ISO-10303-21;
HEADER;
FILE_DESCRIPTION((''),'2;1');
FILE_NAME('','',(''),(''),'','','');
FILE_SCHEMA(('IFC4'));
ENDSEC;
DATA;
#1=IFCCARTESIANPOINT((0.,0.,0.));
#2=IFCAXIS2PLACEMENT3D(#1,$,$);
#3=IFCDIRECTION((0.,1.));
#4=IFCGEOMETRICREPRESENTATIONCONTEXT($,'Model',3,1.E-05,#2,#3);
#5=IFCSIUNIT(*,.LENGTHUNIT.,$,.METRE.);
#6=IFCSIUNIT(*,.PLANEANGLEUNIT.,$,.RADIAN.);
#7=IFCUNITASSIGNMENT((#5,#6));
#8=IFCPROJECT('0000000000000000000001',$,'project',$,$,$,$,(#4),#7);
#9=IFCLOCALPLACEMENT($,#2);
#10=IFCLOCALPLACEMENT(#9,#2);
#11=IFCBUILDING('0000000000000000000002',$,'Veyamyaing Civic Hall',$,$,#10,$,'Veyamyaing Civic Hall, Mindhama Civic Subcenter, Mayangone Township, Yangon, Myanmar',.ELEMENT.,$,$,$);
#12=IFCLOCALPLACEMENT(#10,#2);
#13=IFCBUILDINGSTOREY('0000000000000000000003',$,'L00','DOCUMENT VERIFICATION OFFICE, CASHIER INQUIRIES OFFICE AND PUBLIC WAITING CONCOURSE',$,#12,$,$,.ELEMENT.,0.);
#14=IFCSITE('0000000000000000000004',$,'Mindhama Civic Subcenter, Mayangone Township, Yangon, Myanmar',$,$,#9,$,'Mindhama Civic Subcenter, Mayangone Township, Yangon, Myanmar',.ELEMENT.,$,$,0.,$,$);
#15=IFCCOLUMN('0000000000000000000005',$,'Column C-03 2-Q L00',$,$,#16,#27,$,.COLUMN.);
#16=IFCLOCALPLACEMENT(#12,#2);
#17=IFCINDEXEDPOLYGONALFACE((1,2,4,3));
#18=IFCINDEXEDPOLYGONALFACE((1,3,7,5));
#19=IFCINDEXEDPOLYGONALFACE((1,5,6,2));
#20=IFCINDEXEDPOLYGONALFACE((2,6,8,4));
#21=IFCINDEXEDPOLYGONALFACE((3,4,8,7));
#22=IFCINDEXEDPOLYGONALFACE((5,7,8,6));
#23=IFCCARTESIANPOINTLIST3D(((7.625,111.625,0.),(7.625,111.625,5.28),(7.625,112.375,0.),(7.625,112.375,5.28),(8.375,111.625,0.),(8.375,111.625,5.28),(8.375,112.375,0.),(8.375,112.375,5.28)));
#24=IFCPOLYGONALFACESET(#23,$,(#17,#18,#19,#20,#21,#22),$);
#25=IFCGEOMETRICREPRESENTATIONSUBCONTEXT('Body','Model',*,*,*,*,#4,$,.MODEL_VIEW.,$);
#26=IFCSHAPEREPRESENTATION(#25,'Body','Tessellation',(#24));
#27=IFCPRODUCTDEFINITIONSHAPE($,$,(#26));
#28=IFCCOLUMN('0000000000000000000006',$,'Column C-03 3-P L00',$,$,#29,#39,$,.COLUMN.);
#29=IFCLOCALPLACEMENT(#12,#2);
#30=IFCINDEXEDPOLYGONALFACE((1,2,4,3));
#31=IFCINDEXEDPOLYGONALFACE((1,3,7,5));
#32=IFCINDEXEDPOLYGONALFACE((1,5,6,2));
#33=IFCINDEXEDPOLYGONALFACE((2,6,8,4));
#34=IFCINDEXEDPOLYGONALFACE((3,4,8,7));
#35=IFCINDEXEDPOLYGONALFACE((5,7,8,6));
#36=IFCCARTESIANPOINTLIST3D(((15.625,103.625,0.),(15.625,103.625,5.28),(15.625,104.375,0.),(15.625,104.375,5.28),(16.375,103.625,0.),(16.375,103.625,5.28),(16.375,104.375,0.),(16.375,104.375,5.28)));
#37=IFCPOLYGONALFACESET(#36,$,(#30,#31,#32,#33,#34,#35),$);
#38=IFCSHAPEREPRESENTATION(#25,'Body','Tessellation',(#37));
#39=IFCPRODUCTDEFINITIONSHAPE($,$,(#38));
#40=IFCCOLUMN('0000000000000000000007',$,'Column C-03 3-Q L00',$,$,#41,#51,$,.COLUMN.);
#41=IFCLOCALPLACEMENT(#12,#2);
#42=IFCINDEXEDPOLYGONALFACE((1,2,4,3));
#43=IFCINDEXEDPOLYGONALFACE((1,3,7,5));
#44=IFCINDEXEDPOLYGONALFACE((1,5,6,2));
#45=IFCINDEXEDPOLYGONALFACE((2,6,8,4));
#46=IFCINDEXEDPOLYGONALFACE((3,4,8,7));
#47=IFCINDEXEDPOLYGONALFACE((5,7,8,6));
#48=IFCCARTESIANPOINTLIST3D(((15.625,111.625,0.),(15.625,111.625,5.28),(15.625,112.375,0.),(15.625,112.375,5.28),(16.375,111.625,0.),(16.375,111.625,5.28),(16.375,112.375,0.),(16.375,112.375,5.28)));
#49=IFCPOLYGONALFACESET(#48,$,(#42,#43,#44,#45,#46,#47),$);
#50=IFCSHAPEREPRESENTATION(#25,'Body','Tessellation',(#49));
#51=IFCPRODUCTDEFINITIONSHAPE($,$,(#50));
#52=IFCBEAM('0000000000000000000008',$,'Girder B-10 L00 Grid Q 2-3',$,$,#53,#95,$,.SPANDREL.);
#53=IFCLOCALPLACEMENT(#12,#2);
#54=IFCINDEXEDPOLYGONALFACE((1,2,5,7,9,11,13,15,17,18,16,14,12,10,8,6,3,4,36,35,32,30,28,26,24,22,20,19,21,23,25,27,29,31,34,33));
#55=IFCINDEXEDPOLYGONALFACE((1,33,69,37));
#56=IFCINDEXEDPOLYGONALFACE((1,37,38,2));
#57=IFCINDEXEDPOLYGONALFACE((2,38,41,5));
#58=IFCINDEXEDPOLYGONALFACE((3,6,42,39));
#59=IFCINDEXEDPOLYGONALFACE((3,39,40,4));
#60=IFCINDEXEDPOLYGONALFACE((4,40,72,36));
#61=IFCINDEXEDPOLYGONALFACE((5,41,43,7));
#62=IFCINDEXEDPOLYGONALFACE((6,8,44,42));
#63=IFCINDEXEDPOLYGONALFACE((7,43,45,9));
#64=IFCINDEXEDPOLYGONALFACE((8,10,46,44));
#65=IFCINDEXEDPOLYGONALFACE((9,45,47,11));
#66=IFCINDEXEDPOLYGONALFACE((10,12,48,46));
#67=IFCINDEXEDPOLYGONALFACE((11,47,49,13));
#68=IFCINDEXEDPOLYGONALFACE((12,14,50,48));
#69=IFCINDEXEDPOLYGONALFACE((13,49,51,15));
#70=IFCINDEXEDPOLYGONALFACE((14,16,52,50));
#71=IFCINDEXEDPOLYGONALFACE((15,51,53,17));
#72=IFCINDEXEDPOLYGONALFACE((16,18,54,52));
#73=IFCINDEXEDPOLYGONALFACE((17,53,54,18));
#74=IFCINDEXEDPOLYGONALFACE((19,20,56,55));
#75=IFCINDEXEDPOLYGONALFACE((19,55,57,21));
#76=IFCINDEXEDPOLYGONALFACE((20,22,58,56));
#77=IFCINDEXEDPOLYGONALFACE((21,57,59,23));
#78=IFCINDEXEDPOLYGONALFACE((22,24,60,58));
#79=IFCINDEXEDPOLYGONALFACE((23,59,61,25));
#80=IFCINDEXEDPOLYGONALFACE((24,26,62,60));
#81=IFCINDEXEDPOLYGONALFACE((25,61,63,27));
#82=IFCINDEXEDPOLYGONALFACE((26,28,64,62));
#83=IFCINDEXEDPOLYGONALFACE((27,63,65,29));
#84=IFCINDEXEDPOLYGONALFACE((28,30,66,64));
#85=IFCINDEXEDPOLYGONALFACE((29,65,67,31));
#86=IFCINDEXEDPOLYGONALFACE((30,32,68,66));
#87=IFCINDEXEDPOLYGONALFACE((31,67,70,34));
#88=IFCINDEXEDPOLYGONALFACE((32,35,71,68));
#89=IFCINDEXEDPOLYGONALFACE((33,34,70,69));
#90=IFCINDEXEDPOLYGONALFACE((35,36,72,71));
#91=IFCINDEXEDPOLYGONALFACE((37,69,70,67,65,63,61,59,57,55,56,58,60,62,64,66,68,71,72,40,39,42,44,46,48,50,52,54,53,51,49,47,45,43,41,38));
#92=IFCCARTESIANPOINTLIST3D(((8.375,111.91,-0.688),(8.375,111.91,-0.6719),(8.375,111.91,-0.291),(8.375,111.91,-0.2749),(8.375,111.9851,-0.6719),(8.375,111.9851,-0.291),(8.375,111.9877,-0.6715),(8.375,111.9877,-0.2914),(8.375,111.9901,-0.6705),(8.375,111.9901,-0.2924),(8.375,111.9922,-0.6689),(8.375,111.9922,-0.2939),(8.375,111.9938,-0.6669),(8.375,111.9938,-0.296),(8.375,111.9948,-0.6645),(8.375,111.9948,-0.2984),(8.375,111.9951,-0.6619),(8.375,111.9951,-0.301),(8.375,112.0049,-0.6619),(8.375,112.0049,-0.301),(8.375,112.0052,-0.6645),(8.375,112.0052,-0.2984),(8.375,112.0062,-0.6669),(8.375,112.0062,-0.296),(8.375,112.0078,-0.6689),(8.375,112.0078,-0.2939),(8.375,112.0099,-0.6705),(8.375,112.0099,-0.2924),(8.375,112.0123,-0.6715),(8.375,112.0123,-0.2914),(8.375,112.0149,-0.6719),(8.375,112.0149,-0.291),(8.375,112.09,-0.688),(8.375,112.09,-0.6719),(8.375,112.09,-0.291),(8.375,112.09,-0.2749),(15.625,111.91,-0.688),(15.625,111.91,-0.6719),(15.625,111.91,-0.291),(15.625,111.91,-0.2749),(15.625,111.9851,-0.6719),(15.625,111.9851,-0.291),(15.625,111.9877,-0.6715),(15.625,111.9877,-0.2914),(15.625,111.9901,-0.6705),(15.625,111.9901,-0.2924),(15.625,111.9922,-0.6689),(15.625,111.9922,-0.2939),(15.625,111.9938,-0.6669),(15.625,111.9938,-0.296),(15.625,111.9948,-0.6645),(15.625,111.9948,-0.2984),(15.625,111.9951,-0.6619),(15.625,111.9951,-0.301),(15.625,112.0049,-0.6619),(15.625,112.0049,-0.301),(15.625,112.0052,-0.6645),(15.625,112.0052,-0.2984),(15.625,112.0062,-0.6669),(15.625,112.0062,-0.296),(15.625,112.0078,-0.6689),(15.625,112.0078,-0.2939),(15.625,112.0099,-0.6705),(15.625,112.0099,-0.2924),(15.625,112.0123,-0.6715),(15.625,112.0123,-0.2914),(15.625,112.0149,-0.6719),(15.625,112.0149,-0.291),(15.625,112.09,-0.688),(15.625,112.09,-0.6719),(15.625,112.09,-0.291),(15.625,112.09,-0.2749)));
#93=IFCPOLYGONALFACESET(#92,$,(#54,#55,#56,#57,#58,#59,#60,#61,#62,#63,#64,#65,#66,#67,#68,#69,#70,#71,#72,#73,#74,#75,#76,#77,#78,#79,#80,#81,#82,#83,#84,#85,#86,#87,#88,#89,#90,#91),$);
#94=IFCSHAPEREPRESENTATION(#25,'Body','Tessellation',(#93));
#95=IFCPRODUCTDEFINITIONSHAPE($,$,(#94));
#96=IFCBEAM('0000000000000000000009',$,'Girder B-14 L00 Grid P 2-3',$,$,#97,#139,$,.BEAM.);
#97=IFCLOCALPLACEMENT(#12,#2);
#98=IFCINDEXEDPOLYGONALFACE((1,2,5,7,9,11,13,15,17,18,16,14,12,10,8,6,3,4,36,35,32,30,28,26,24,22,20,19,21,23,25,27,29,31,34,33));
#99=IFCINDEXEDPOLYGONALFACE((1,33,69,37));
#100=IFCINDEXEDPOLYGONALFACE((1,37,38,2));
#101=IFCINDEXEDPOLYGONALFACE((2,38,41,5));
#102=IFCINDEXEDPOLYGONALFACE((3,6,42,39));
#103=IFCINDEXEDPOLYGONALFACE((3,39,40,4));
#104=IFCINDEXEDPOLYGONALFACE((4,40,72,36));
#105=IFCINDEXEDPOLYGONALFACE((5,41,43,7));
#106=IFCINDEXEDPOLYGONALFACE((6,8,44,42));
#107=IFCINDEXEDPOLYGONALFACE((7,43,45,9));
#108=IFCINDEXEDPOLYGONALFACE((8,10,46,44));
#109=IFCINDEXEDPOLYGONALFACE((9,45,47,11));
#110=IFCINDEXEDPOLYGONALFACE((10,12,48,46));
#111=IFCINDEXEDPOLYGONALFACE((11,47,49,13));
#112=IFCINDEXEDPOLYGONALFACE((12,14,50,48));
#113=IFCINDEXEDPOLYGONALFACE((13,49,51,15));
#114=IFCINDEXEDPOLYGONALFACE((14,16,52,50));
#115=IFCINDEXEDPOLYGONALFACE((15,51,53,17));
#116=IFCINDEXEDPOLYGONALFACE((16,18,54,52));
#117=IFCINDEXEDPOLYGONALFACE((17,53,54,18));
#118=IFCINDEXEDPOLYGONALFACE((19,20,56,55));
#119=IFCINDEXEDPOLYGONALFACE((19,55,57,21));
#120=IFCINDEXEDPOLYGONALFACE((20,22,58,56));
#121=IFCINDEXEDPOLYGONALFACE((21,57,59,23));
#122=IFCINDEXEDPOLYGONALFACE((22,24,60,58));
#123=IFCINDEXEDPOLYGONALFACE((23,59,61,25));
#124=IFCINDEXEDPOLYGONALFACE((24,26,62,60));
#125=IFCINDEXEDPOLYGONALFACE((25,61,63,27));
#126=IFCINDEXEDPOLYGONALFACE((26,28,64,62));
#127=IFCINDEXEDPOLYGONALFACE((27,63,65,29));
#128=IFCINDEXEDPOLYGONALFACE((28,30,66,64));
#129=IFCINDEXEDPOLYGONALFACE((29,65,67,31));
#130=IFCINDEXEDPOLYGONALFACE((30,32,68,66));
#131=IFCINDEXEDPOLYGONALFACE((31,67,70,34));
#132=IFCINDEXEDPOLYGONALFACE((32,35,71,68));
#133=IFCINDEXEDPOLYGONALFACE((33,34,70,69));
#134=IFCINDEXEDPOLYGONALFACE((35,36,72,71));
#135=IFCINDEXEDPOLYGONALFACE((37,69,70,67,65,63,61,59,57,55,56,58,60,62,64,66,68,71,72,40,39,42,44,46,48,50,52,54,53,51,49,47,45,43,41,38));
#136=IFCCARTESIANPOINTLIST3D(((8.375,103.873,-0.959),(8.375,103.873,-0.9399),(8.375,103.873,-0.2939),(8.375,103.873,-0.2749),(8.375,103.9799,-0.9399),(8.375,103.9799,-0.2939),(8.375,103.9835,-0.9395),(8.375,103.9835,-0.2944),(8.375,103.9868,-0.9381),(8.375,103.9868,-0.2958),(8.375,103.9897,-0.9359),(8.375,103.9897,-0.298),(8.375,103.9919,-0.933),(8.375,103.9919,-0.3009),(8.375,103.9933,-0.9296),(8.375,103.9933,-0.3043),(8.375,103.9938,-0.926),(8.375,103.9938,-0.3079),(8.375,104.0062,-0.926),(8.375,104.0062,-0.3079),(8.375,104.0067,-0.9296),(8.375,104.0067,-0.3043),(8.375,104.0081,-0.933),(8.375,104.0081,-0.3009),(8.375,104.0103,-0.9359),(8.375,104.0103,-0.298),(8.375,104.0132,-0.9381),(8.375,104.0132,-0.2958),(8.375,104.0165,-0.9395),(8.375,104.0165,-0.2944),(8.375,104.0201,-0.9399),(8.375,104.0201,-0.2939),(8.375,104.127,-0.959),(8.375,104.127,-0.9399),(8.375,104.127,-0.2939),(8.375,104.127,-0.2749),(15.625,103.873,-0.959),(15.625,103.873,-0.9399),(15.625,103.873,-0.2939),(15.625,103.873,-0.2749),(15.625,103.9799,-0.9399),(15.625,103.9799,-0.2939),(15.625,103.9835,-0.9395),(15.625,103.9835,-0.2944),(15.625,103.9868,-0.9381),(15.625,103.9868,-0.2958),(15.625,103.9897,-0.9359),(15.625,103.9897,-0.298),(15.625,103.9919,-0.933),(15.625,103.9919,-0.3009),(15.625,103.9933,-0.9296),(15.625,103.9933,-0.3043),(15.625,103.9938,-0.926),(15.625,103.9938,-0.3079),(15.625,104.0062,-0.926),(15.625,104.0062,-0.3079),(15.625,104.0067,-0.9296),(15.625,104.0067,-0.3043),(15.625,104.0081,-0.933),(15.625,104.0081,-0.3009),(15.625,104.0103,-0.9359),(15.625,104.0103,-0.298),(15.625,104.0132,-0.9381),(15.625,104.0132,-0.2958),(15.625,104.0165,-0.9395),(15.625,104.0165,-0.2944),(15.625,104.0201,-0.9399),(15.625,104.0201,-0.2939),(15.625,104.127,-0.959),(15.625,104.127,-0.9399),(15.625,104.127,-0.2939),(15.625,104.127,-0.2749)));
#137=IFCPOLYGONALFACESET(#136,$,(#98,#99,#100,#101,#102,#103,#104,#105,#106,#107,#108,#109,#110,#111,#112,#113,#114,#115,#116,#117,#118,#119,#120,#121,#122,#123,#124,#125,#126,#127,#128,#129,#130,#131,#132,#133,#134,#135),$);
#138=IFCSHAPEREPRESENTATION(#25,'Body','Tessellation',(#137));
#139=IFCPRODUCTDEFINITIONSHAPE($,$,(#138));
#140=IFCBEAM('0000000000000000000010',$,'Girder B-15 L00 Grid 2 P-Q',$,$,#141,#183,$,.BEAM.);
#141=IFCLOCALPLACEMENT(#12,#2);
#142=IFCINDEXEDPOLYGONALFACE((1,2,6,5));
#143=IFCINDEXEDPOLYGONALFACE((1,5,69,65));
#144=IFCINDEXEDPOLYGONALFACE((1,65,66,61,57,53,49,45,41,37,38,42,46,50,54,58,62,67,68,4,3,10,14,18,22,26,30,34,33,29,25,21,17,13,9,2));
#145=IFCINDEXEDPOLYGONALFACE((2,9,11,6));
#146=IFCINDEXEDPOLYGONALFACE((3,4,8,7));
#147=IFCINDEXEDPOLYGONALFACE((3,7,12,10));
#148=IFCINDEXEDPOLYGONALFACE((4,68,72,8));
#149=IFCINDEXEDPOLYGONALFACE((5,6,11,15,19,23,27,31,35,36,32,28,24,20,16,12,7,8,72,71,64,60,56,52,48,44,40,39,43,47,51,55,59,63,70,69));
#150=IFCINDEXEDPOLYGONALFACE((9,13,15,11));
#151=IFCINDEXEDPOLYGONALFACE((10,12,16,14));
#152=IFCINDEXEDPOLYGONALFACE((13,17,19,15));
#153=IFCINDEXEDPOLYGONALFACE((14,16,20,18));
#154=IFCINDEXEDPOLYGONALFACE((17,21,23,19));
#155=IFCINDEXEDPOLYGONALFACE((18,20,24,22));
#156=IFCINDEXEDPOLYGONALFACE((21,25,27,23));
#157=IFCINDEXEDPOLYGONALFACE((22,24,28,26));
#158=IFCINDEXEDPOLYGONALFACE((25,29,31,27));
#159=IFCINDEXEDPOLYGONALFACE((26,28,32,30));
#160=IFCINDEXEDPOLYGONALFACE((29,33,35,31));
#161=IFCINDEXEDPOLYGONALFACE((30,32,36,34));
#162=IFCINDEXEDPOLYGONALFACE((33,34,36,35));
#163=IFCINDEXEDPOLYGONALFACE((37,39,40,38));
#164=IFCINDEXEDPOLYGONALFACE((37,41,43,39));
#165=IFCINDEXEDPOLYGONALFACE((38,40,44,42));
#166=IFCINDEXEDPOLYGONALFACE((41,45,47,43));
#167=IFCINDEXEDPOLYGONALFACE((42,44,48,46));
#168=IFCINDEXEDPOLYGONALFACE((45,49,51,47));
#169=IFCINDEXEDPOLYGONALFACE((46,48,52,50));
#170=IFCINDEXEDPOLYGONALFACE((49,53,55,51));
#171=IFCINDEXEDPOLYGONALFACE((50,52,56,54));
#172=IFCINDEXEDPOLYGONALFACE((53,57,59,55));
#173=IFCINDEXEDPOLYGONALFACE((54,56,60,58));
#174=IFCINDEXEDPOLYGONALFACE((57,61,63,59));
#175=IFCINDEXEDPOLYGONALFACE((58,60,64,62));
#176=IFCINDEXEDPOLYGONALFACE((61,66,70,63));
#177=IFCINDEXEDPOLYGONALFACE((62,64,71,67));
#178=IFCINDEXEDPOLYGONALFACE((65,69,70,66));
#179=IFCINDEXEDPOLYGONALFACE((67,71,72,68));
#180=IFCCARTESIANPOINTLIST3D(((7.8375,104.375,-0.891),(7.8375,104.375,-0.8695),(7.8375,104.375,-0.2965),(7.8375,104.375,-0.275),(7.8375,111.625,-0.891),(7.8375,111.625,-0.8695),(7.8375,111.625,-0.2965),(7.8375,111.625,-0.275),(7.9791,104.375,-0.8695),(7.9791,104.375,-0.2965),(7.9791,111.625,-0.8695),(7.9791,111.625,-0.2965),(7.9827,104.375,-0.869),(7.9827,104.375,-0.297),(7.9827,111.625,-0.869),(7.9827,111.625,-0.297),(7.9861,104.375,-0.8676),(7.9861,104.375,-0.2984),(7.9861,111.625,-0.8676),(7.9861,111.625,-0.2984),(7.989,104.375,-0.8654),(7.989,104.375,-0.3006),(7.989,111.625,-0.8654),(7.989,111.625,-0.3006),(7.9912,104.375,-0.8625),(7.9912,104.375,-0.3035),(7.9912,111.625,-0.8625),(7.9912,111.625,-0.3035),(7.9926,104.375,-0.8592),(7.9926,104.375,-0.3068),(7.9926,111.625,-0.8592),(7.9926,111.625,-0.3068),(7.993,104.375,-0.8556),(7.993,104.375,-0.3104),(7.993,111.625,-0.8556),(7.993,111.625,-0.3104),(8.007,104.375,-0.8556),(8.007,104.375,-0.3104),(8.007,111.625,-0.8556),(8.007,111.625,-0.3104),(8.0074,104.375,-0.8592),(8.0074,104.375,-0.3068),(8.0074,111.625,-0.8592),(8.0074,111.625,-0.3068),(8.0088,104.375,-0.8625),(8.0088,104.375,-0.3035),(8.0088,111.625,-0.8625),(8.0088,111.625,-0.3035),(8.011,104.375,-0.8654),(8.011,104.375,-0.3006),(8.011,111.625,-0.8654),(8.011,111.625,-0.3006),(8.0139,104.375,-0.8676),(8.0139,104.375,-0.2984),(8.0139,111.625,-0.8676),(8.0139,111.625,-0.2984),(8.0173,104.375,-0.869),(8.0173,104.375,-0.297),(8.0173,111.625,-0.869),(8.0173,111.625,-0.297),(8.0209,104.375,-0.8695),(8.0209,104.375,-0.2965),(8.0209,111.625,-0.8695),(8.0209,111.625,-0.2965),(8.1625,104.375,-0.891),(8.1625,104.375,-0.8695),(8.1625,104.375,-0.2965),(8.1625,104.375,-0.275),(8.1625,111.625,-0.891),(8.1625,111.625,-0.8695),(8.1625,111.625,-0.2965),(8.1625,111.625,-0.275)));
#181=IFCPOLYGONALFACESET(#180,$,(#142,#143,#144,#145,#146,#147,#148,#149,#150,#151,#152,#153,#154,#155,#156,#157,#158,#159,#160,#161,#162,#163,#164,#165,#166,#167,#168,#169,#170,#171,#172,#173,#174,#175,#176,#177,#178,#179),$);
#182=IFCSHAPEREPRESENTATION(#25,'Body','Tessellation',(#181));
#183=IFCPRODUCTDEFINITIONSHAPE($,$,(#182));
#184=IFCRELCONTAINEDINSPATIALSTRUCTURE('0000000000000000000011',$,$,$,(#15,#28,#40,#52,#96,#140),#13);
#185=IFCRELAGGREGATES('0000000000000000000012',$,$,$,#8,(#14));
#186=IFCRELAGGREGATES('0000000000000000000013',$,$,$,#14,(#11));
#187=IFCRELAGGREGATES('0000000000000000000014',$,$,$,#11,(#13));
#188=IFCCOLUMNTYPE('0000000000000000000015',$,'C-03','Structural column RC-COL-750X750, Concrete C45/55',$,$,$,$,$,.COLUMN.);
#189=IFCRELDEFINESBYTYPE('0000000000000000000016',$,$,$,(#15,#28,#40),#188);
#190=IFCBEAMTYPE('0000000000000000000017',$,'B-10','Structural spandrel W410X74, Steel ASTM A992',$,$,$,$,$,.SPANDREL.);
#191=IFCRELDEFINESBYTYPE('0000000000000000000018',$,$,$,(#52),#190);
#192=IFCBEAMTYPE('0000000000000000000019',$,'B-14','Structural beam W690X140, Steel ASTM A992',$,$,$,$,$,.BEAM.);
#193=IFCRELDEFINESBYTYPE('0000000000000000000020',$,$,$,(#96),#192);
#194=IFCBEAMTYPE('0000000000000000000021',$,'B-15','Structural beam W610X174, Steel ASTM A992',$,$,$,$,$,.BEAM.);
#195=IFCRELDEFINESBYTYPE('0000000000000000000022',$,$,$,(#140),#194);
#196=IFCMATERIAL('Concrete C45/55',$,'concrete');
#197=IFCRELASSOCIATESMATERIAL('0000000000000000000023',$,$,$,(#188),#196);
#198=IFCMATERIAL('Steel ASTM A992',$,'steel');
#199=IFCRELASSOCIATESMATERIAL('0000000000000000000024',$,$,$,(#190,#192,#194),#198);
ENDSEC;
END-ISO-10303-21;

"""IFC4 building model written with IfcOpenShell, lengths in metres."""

from ifc_helpers import new_model, si_unit, direction, frame, origin, origin_2d, place, context, subcontext, project, spatial, rectangle, i_section, extrude, material, material_profile, profile_set, type_object, element, save


model = new_model("IFC4")

# Units and contexts
model_context = context("Model", 3, precision=1e-05, world=origin(), true_north=direction((0.0, 1.0)))
body_context = subcontext(model_context, "Body", "Model", "MODEL_VIEW")
ifc_project = project(units=[si_unit("LENGTHUNIT", "METRE"), si_unit("PLANEANGLEUNIT", "RADIAN")], contexts=[model_context])

# Site, building, storey
site_placement = place(None, origin())
site = spatial("IfcSite", under=ifc_project, at=site_placement, Name="Mindhama Civic Subcenter, Mayangone Township, Yangon, Myanmar", LongName="Mindhama Civic Subcenter, Mayangone Township, Yangon, Myanmar", CompositionType="ELEMENT", RefElevation=0.0)
building_placement = place(site_placement, origin())
building = spatial("IfcBuilding", under=site, at=building_placement, Name="Veyamyaing Civic Hall", LongName="Veyamyaing Civic Hall, Mindhama Civic Subcenter, Mayangone Township, Yangon, Myanmar", CompositionType="ELEMENT")
storey_placement = place(building_placement, origin())
storey = spatial("IfcBuildingStorey", under=building, at=storey_placement, Name="L00", Description="DOCUMENT VERIFICATION OFFICE, CASHIER INQUIRIES OFFICE AND PUBLIC WAITING CONCOURSE", CompositionType="ELEMENT", Elevation=0.0)

# Columns
ifc_material_1 = material(Name="Concrete C45/55", Category="concrete")
ifc_material_profile_1 = material_profile(ifc_material_1, rectangle(XDim=0.75, YDim=0.75, at=origin_2d()), Name="RC-COL-750X750")
ifc_profile_set_1 = profile_set([ifc_material_profile_1], Name="Concrete C45/55")
column_type = type_object("IfcColumnType", Name="C-03", Description="Structural column RC-COL-750X750, Concrete C45/55", PredefinedType="COLUMN", material=ifc_profile_set_1)
for number, where, z_axis, x_axis, name in (
    (1, (8.0, 112.0, 0.0), (0.0, 0.0, 1.0), (1.0, 0.0, 0.0), "Column C-03 2-Q L00"),
    (2, (16.0, 104.0, 0.0), (0.0, 0.0, 1.0), (1.0, 0.0, 0.0), "Column C-03 3-P L00"),
    (3, (16.0, 112.0, 0.0), (0.0, 0.0, 1.0), (1.0, 0.0, 0.0), "Column C-03 3-Q L00"),
):
    element("IfcColumn", number, at=place(storey_placement, frame(where, z_axis=z_axis, x_axis=x_axis)), inside=storey, type_object=column_type, Name=name, PredefinedType="COLUMN", context=body_context, shape_type="SweptSolid", body=[
        extrude(rectangle(XDim=0.75, YDim=0.75, at=origin_2d()), origin(), (0.0, 0.0, 1.0), 5.28),
    ])

# Beams
ifc_material_2 = material(Name="Steel ASTM A992", Category="steel")
ifc_material_profile_2 = material_profile(ifc_material_2, i_section(OverallWidth=0.1799, OverallDepth=0.4131, WebThickness=0.0098, FlangeThickness=0.0161, FilletRadius=0.01, at=origin_2d()), Name="W410X74")
ifc_profile_set_2 = profile_set([ifc_material_profile_2], Name="Steel ASTM A992")
beam_type_1 = type_object("IfcBeamType", Name="B-10", Description="Structural spandrel W410X74, Steel ASTM A992", PredefinedType="SPANDREL", material=ifc_profile_set_2)
beam_1_placement = place(storey_placement, frame((8.375, 112.0, -0.4814), z_axis=(1.0, 0.0, 0.0), x_axis=(0.0, 1.0, 0.0)))
element("IfcBeam", 4, at=beam_1_placement, inside=storey, type_object=beam_type_1, Name="Girder B-10 L00 Grid Q 2-3", PredefinedType="SPANDREL", context=body_context, shape_type="SweptSolid", body=[
    extrude(i_section(OverallWidth=0.1799, OverallDepth=0.4131, WebThickness=0.0098, FlangeThickness=0.0161, FilletRadius=0.01, at=origin_2d()), origin(), (0.0, 0.0, 1.0), 7.25),
])
ifc_material_profile_3 = material_profile(ifc_material_2, i_section(OverallWidth=0.2539, OverallDepth=0.6841, WebThickness=0.0125, FlangeThickness=0.019, FilletRadius=0.0139, at=origin_2d()), Name="W690X140")
ifc_profile_set_3 = profile_set([ifc_material_profile_3], Name="Steel ASTM A992")
beam_type_2 = type_object("IfcBeamType", Name="B-14", Description="Structural beam W690X140, Steel ASTM A992", PredefinedType="BEAM", material=ifc_profile_set_3)
beam_2_placement = place(storey_placement, frame((8.375, 104.0, -0.6169), z_axis=(1.0, 0.0, 0.0), x_axis=(0.0, 1.0, 0.0)))
element("IfcBeam", 5, at=beam_2_placement, inside=storey, type_object=beam_type_2, Name="Girder B-14 L00 Grid P 2-3", PredefinedType="BEAM", context=body_context, shape_type="SweptSolid", body=[
    extrude(i_section(OverallWidth=0.2539, OverallDepth=0.6841, WebThickness=0.0125, FlangeThickness=0.019, FilletRadius=0.0139, at=origin_2d()), origin(), (0.0, 0.0, 1.0), 7.25),
])
ifc_material_profile_4 = material_profile(ifc_material_2, i_section(OverallWidth=0.325, OverallDepth=0.616, WebThickness=0.0139, FlangeThickness=0.0215, FilletRadius=0.0139, at=origin_2d()), Name="W610X174")
ifc_profile_set_4 = profile_set([ifc_material_profile_4], Name="Steel ASTM A992")
beam_type_3 = type_object("IfcBeamType", Name="B-15", Description="Structural beam W610X174, Steel ASTM A992", PredefinedType="BEAM", material=ifc_profile_set_4)
beam_3_placement = place(storey_placement, frame((8.0, 104.375, -0.583), z_axis=(0.0, 1.0, 0.0), x_axis=(-1.0, 0.0, 0.0)))
element("IfcBeam", 6, at=beam_3_placement, inside=storey, type_object=beam_type_3, Name="Girder B-15 L00 Grid 2 P-Q", PredefinedType="BEAM", context=body_context, shape_type="SweptSolid", body=[
    extrude(i_section(OverallWidth=0.325, OverallDepth=0.616, WebThickness=0.0139, FlangeThickness=0.0215, FilletRadius=0.0139, at=origin_2d()), origin(), (0.0, 0.0, 1.0), 7.25),
])

save(model, "model.ifc")
